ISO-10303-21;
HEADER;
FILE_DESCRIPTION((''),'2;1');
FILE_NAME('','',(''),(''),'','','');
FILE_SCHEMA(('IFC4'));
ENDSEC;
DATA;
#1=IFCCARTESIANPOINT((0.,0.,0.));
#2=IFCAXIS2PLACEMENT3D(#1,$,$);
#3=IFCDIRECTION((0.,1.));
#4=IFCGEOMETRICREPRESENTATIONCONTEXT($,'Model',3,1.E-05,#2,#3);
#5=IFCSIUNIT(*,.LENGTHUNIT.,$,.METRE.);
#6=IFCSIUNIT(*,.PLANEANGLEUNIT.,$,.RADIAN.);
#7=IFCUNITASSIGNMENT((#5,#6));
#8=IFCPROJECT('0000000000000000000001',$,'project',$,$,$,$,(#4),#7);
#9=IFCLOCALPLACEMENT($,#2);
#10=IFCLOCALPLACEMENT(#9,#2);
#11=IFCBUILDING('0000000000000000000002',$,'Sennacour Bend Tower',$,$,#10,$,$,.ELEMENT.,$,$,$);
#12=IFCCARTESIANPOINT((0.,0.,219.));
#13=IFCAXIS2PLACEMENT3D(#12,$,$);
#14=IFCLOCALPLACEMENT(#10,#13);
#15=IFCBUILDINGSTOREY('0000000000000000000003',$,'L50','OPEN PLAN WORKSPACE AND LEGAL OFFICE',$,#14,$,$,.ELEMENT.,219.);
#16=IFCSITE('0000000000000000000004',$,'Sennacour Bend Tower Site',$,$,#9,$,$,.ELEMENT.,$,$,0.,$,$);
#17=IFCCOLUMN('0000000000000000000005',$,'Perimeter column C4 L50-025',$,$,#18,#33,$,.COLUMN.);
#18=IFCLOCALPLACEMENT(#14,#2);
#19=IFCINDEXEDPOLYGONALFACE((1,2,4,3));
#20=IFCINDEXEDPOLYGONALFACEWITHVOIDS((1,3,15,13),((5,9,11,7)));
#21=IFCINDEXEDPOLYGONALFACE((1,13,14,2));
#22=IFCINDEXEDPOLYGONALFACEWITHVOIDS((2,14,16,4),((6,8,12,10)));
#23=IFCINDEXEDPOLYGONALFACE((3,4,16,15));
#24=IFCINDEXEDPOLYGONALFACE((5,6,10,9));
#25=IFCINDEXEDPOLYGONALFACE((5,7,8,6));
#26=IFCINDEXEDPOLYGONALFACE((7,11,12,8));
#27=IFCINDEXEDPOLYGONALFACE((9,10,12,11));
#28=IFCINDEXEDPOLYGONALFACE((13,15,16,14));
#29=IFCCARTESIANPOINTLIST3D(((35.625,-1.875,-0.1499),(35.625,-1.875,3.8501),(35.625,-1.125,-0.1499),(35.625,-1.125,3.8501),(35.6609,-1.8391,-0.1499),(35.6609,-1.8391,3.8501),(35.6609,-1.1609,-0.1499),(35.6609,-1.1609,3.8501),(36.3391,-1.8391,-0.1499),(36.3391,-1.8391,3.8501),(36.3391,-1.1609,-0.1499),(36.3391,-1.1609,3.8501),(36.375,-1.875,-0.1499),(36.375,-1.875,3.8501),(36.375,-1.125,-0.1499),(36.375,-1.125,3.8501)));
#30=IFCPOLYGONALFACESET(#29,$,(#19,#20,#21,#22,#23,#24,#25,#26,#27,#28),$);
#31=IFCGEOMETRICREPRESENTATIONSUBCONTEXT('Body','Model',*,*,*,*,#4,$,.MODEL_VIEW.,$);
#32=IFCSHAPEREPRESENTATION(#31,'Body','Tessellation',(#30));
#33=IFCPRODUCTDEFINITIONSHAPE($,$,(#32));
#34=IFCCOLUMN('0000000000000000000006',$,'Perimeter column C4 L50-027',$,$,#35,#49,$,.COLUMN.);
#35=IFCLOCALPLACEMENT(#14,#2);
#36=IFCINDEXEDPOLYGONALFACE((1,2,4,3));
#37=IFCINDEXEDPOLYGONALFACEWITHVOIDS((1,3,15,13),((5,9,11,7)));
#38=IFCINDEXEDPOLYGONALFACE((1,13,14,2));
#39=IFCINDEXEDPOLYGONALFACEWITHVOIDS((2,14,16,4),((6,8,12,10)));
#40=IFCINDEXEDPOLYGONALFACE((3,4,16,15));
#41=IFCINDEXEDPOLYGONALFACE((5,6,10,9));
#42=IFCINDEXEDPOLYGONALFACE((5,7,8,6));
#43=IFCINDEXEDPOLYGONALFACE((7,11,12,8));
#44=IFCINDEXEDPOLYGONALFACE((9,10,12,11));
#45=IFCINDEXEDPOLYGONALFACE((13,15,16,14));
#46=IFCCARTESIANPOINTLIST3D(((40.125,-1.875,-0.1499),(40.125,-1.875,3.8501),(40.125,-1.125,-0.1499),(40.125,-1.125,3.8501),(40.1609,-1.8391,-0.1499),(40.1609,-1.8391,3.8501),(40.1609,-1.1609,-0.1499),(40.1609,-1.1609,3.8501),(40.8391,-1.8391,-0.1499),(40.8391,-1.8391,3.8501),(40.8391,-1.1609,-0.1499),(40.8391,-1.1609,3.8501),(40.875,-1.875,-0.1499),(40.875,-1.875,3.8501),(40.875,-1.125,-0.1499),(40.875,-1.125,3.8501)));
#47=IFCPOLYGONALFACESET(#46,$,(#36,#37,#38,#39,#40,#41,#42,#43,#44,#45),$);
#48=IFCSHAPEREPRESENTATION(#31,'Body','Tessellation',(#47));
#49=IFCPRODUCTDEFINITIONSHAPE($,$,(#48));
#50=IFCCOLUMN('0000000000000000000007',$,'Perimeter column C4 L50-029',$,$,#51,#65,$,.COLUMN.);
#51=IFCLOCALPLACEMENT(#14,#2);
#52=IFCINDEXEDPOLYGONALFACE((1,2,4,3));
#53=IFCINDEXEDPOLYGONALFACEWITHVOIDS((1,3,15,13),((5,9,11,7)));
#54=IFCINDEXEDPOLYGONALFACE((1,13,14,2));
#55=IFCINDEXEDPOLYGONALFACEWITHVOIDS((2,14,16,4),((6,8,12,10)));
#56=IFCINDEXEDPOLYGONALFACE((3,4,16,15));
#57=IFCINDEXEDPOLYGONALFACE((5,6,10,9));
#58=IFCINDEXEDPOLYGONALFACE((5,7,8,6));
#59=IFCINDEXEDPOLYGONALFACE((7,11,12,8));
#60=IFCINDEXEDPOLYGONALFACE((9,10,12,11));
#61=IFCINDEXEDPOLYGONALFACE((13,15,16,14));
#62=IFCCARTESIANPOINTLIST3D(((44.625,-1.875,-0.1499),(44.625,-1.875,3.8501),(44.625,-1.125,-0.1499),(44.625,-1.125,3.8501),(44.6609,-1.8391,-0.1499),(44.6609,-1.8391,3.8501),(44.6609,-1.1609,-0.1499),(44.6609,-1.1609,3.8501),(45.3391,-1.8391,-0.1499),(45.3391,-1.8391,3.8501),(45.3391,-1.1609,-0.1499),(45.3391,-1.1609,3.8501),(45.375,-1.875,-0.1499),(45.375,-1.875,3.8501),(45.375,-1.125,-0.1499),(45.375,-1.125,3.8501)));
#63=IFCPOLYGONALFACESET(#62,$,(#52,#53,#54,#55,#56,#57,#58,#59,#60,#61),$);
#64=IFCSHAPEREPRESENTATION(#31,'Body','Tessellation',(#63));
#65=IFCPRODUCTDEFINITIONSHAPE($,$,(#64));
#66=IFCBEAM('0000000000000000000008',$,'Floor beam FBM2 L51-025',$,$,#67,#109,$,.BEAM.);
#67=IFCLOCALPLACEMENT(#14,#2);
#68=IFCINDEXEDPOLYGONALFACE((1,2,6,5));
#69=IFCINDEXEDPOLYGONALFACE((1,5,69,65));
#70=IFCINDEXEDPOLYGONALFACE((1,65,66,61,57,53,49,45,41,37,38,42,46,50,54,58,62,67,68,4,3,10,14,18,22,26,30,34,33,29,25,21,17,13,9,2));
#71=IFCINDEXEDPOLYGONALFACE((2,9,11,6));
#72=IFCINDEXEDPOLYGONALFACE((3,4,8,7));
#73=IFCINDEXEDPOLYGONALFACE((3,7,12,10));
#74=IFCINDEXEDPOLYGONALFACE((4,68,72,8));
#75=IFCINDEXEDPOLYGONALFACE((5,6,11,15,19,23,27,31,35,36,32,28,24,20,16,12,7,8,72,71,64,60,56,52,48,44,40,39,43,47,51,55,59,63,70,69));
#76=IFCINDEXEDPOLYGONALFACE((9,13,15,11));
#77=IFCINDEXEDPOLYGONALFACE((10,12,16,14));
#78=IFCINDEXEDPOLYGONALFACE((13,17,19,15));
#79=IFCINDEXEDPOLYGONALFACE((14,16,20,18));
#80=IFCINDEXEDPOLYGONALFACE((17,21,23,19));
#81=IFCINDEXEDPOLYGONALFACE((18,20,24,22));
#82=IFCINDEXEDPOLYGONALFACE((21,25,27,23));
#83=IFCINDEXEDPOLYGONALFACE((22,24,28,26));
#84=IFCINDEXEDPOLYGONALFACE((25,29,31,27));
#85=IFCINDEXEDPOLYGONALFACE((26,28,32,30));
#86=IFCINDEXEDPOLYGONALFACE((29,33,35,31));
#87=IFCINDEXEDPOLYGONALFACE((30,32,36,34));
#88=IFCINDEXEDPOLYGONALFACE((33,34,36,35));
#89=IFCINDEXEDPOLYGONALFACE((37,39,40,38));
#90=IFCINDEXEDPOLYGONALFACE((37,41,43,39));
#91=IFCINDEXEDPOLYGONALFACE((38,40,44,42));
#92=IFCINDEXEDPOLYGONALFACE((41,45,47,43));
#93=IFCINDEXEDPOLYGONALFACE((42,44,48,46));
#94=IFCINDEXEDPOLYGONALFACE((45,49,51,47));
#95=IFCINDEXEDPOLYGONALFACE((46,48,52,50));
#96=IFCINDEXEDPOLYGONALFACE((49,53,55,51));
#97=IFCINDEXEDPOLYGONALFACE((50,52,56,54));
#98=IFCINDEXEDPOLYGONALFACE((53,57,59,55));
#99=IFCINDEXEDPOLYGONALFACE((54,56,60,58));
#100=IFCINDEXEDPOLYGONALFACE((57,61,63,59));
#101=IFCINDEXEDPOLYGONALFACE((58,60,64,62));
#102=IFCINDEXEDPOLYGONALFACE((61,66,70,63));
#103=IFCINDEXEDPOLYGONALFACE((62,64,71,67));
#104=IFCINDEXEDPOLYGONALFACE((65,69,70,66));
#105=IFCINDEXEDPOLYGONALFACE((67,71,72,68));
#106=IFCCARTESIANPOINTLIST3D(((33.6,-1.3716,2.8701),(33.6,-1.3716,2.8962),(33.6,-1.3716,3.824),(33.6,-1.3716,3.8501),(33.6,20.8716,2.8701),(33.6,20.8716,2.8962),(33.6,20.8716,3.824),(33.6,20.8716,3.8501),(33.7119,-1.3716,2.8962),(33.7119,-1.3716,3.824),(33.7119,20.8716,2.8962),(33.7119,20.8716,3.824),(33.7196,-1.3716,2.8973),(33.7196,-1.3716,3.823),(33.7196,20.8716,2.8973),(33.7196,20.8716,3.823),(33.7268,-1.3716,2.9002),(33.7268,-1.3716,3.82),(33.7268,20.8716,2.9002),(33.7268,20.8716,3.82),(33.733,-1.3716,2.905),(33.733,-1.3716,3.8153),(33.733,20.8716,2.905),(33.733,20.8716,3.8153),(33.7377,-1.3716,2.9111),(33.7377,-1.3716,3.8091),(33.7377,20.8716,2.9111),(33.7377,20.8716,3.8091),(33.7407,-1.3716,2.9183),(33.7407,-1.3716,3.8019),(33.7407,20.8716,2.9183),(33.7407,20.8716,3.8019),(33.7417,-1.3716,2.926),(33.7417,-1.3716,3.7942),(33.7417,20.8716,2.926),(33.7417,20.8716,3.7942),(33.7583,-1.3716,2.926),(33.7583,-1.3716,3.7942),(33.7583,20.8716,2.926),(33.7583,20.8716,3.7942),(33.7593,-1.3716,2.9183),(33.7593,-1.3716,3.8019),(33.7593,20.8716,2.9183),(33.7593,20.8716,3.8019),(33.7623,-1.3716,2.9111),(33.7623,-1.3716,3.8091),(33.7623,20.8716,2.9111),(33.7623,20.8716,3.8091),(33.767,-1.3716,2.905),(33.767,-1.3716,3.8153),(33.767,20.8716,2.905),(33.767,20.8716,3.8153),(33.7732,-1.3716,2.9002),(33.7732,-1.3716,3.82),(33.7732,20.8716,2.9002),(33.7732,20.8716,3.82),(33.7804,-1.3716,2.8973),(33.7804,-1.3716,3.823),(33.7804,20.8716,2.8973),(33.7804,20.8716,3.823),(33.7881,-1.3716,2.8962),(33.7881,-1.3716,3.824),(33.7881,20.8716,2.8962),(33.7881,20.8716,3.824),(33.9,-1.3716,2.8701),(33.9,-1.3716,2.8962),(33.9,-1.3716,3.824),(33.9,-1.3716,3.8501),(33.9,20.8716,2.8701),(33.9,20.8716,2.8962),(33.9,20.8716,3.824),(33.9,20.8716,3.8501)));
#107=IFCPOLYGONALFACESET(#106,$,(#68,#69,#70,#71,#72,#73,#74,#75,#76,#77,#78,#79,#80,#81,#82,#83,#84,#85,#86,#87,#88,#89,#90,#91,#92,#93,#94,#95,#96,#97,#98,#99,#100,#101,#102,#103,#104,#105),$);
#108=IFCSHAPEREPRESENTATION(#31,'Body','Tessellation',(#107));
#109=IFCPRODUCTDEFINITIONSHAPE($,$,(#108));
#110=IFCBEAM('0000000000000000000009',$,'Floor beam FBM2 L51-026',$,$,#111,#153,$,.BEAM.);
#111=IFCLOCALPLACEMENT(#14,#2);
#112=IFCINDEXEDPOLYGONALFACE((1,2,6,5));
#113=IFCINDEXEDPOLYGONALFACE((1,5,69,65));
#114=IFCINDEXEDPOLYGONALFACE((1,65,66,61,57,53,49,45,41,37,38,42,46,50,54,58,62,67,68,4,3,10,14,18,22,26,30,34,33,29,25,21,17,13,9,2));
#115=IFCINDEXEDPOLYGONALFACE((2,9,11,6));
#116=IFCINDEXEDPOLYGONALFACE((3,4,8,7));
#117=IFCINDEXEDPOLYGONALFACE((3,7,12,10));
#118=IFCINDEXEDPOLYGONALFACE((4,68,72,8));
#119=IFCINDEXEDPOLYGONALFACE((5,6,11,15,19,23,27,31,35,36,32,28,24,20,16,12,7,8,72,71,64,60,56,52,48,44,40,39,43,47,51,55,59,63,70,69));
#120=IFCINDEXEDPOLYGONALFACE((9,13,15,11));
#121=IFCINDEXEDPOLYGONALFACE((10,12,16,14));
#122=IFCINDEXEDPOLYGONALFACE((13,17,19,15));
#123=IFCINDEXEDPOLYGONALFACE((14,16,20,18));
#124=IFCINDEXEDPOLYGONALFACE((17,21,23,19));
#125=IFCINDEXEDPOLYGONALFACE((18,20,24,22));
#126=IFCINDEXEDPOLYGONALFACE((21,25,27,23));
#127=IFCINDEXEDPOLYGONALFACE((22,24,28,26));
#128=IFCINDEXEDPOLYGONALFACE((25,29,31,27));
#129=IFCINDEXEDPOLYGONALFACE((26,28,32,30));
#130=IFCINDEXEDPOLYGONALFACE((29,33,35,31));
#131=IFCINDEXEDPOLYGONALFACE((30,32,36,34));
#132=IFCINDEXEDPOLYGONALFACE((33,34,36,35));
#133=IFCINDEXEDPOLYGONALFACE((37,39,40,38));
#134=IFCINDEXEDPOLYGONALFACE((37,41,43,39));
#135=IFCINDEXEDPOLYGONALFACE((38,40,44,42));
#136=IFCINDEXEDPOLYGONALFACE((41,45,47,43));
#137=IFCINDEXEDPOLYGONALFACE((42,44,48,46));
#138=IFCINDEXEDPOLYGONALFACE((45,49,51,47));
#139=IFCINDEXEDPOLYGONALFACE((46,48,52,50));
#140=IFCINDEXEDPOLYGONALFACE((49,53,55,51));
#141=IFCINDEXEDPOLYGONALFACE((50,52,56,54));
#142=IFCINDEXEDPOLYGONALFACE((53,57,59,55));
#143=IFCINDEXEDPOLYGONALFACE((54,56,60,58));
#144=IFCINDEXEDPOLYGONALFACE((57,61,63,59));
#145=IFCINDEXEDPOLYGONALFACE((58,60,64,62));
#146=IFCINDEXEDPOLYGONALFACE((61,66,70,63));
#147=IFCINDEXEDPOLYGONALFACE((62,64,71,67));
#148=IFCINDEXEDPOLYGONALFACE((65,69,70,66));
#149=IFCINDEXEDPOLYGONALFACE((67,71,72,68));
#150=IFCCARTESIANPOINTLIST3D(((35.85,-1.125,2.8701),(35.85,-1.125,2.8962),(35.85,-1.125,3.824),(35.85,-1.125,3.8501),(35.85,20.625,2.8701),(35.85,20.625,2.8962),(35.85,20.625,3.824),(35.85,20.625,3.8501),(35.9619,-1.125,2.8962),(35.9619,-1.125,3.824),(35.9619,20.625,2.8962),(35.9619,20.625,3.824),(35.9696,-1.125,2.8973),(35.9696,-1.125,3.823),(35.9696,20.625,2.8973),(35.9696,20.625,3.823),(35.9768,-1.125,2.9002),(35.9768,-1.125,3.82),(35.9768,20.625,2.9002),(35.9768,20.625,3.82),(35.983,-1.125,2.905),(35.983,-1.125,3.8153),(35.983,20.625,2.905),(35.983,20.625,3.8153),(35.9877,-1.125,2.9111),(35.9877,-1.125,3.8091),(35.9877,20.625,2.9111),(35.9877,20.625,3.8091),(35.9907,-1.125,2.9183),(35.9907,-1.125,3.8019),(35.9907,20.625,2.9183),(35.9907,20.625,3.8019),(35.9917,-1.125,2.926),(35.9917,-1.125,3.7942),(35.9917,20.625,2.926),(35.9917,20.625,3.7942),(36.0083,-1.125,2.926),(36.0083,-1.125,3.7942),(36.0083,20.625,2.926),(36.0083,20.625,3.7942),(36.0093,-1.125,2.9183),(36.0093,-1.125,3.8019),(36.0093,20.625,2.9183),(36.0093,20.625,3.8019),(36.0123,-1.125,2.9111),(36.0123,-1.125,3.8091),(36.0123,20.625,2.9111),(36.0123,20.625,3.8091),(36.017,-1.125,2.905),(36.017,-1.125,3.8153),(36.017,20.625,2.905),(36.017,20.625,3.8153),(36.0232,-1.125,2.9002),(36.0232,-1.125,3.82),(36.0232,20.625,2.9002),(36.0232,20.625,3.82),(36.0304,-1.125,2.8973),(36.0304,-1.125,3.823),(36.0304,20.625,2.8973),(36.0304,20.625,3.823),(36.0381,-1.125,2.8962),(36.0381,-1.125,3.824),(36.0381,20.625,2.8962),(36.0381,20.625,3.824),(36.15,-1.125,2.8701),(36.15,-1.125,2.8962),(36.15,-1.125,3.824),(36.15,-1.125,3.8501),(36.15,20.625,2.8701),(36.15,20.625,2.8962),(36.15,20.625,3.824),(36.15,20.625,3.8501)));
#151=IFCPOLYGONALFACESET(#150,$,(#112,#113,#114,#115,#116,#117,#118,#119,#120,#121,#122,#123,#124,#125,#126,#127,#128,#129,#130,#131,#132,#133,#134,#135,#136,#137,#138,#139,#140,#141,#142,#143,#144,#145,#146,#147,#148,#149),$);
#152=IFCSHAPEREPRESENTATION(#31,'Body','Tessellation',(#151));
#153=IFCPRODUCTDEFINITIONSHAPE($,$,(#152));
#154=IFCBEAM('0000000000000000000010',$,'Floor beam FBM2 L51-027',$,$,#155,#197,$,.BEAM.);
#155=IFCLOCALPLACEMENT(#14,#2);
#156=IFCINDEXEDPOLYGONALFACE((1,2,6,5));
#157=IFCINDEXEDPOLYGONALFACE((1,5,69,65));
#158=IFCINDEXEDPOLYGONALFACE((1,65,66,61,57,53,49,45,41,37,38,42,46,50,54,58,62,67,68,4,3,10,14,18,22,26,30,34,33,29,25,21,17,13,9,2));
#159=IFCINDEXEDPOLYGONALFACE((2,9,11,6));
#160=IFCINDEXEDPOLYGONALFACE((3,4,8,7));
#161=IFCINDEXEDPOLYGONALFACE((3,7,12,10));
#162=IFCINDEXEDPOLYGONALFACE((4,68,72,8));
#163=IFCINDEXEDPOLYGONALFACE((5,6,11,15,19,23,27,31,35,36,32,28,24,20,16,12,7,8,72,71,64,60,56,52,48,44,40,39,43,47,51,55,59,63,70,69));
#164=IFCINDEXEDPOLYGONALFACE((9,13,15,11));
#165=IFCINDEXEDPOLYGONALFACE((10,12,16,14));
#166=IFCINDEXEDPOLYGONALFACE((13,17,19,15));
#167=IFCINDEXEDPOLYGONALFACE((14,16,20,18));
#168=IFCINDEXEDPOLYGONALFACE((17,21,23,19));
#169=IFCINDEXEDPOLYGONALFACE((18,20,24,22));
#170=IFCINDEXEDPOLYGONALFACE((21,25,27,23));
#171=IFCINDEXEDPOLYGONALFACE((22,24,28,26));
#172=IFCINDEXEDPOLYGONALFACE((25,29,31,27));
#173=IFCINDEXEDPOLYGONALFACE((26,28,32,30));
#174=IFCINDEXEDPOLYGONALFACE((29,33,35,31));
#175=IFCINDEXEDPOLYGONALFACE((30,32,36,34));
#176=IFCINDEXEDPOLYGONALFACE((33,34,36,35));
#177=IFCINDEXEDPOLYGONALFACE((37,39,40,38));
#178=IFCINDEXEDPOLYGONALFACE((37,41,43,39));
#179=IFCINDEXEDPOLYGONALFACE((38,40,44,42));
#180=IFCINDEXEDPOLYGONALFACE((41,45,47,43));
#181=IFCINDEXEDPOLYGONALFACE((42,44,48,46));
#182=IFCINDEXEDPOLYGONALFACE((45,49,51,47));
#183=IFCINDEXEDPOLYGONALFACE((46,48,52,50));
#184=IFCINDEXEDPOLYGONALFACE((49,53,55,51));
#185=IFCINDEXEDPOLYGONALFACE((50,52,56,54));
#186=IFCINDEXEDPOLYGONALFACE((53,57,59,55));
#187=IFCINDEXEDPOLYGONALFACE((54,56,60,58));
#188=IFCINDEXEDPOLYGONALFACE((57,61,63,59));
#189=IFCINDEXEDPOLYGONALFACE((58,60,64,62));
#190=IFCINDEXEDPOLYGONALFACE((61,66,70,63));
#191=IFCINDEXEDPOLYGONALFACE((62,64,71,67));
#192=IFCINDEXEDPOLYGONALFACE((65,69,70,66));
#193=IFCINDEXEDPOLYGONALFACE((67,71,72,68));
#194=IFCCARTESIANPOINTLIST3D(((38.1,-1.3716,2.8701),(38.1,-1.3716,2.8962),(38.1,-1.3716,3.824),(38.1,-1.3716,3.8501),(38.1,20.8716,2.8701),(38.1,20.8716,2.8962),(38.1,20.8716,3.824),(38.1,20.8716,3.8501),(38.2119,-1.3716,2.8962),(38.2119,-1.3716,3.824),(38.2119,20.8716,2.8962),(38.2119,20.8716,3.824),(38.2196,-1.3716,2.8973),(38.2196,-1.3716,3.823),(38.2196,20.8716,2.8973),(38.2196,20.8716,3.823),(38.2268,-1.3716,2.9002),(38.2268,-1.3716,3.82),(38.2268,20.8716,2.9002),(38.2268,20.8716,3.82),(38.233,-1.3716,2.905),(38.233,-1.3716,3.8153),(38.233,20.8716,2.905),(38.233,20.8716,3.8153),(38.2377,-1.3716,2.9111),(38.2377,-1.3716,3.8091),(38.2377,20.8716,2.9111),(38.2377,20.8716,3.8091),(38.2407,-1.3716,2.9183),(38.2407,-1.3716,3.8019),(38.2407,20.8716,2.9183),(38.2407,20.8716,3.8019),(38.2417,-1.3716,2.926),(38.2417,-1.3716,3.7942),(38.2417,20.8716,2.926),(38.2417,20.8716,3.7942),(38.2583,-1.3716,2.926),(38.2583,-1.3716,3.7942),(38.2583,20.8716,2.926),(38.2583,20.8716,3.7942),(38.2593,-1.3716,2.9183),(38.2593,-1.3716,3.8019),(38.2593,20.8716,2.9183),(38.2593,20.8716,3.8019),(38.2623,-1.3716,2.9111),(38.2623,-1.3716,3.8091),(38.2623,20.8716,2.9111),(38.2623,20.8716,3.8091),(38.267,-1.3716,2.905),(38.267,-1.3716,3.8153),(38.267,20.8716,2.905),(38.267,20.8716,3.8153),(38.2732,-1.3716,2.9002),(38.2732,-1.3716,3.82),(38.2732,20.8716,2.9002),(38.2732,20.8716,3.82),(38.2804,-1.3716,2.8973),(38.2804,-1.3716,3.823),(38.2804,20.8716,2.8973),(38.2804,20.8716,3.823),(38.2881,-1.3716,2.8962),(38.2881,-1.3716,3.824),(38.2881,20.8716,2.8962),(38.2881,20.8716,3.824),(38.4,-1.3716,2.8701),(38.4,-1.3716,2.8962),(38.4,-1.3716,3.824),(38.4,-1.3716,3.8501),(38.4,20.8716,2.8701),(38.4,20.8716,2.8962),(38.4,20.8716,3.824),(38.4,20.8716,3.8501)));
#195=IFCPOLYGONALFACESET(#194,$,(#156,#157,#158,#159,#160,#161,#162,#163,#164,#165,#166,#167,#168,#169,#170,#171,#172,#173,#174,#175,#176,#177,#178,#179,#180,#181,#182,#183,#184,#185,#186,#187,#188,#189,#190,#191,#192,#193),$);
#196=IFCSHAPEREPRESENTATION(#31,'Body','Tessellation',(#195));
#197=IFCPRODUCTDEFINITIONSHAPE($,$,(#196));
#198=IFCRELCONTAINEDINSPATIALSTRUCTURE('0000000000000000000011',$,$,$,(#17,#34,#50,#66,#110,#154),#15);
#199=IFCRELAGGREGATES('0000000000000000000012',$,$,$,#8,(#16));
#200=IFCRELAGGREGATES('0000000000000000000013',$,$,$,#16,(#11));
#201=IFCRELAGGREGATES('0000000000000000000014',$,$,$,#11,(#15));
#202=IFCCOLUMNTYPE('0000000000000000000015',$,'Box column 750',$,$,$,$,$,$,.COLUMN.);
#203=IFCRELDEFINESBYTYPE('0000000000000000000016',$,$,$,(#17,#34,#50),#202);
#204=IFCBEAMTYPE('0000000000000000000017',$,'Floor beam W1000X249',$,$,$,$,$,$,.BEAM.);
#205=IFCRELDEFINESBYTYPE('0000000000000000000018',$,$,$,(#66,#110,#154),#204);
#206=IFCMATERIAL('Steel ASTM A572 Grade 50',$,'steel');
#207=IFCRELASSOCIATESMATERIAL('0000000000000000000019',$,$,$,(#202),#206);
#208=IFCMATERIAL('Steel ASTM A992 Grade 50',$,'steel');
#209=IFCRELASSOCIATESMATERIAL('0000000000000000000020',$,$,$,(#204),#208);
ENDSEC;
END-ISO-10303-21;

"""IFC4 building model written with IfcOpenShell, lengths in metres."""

from ifc_helpers import new_model, si_unit, direction, frame, origin, origin_2d, place, context, subcontext, project, spatial, hollow_rectangle, i_section, extrude, material, material_profile, profile_set, type_object, element, save


model = new_model("IFC4")

# Units and contexts
model_context = context("Model", 3, precision=1e-05, world=origin(), true_north=direction((0.0, 1.0)))
body_context = subcontext(model_context, "Body", "Model", "MODEL_VIEW")
ifc_project = project(units=[si_unit("LENGTHUNIT", "METRE"), si_unit("PLANEANGLEUNIT", "RADIAN")], contexts=[model_context])

# Site, building, storey
site_placement = place(None, origin())
site = spatial("IfcSite", under=ifc_project, at=site_placement, Name="Sennacour Bend Tower Site", CompositionType="ELEMENT", RefElevation=0.0)
building_placement = place(site_placement, origin())
building = spatial("IfcBuilding", under=site, at=building_placement, Name="Sennacour Bend Tower", CompositionType="ELEMENT")
storey_placement = place(building_placement, frame((0.0, 0.0, 219.0)))
storey = spatial("IfcBuildingStorey", under=building, at=storey_placement, Name="L50", Description="OPEN PLAN WORKSPACE AND LEGAL OFFICE", CompositionType="ELEMENT", Elevation=219.0)

# Columns
ifc_material_1 = material(Name="Steel ASTM A572 Grade 50", Category="steel")
ifc_material_profile_1 = material_profile(ifc_material_1, hollow_rectangle(XDim=0.75, YDim=0.75, WallThickness=0.0359, at=origin_2d()), Name="Steel ASTM A572 Grade 50", Category="steel")
ifc_profile_set_1 = profile_set([ifc_material_profile_1], Name="Steel ASTM A572 Grade 50")
column_type = type_object("IfcColumnType", Name="Box column 750", PredefinedType="COLUMN", material=ifc_profile_set_1)
for number, where, z_axis, x_axis, name in (
    (1, (36.0, -1.5, -0.1499), (0.0, 0.0, 1.0), (1.0, 0.0, 0.0), "Perimeter column C4 L50-025"),
    (2, (40.5, -1.5, -0.1499), (0.0, 0.0, 1.0), (1.0, 0.0, 0.0), "Perimeter column C4 L50-027"),
    (3, (45.0, -1.5, -0.1499), (0.0, 0.0, 1.0), (1.0, 0.0, 0.0), "Perimeter column C4 L50-029"),
):
    element("IfcColumn", number, at=place(storey_placement, frame(where, z_axis=z_axis, x_axis=x_axis)), inside=storey, type_object=column_type, Name=name, PredefinedType="COLUMN", context=body_context, shape_type="SweptSolid", body=[
        extrude(hollow_rectangle(XDim=0.75, YDim=0.75, WallThickness=0.0359, at=origin_2d()), origin(), (0.0, 0.0, 1.0), 4.0),
    ])

# Beams
ifc_material_2 = material(Name="Steel ASTM A992 Grade 50", Category="steel")
ifc_material_profile_2 = material_profile(ifc_material_2, i_section(OverallWidth=0.3, OverallDepth=0.98, WebThickness=0.0166, FlangeThickness=0.0261, FilletRadius=0.0298, at=origin_2d()), Name="Steel ASTM A992 Grade 50", Category="steel")
ifc_profile_set_2 = profile_set([ifc_material_profile_2], Name="Steel ASTM A992 Grade 50")
beam_type_1 = type_object("IfcBeamType", Name="Floor beam W1000X249", PredefinedType="BEAM", material=ifc_profile_set_2)
beam_1_placement = place(storey_placement, frame((33.75, -1.3716, 3.3601), z_axis=(0.0, 1.0, 0.0), x_axis=(-1.0, 0.0, 0.0)))
element("IfcBeam", 4, at=beam_1_placement, inside=storey, type_object=beam_type_1, Name="Floor beam FBM2 L51-025", PredefinedType="BEAM", context=body_context, shape_type="SweptSolid", body=[
    extrude(i_section(OverallWidth=0.3, OverallDepth=0.98, WebThickness=0.0166, FlangeThickness=0.0261, FilletRadius=0.0298, at=origin_2d()), origin(), (0.0, 0.0, 1.0), 22.2432),
])
beam_2_placement = place(storey_placement, frame((36.0, -1.125, 3.3601), z_axis=(0.0, 1.0, 0.0), x_axis=(-1.0, 0.0, 0.0)))
element("IfcBeam", 5, at=beam_2_placement, inside=storey, type_object=beam_type_1, Name="Floor beam FBM2 L51-026", PredefinedType="BEAM", context=body_context, shape_type="SweptSolid", body=[
    extrude(i_section(OverallWidth=0.3, OverallDepth=0.98, WebThickness=0.0166, FlangeThickness=0.0261, FilletRadius=0.0298, at=origin_2d()), origin(), (0.0, 0.0, 1.0), 21.75),
])
beam_3_placement = place(storey_placement, frame((38.25, -1.3716, 3.3601), z_axis=(0.0, 1.0, 0.0), x_axis=(-1.0, 0.0, 0.0)))
element("IfcBeam", 6, at=beam_3_placement, inside=storey, type_object=beam_type_1, Name="Floor beam FBM2 L51-027", PredefinedType="BEAM", context=body_context, shape_type="SweptSolid", body=[
    extrude(i_section(OverallWidth=0.3, OverallDepth=0.98, WebThickness=0.0166, FlangeThickness=0.0261, FilletRadius=0.0298, at=origin_2d()), origin(), (0.0, 0.0, 1.0), 22.2432),
])

save(model, "model.ifc")
